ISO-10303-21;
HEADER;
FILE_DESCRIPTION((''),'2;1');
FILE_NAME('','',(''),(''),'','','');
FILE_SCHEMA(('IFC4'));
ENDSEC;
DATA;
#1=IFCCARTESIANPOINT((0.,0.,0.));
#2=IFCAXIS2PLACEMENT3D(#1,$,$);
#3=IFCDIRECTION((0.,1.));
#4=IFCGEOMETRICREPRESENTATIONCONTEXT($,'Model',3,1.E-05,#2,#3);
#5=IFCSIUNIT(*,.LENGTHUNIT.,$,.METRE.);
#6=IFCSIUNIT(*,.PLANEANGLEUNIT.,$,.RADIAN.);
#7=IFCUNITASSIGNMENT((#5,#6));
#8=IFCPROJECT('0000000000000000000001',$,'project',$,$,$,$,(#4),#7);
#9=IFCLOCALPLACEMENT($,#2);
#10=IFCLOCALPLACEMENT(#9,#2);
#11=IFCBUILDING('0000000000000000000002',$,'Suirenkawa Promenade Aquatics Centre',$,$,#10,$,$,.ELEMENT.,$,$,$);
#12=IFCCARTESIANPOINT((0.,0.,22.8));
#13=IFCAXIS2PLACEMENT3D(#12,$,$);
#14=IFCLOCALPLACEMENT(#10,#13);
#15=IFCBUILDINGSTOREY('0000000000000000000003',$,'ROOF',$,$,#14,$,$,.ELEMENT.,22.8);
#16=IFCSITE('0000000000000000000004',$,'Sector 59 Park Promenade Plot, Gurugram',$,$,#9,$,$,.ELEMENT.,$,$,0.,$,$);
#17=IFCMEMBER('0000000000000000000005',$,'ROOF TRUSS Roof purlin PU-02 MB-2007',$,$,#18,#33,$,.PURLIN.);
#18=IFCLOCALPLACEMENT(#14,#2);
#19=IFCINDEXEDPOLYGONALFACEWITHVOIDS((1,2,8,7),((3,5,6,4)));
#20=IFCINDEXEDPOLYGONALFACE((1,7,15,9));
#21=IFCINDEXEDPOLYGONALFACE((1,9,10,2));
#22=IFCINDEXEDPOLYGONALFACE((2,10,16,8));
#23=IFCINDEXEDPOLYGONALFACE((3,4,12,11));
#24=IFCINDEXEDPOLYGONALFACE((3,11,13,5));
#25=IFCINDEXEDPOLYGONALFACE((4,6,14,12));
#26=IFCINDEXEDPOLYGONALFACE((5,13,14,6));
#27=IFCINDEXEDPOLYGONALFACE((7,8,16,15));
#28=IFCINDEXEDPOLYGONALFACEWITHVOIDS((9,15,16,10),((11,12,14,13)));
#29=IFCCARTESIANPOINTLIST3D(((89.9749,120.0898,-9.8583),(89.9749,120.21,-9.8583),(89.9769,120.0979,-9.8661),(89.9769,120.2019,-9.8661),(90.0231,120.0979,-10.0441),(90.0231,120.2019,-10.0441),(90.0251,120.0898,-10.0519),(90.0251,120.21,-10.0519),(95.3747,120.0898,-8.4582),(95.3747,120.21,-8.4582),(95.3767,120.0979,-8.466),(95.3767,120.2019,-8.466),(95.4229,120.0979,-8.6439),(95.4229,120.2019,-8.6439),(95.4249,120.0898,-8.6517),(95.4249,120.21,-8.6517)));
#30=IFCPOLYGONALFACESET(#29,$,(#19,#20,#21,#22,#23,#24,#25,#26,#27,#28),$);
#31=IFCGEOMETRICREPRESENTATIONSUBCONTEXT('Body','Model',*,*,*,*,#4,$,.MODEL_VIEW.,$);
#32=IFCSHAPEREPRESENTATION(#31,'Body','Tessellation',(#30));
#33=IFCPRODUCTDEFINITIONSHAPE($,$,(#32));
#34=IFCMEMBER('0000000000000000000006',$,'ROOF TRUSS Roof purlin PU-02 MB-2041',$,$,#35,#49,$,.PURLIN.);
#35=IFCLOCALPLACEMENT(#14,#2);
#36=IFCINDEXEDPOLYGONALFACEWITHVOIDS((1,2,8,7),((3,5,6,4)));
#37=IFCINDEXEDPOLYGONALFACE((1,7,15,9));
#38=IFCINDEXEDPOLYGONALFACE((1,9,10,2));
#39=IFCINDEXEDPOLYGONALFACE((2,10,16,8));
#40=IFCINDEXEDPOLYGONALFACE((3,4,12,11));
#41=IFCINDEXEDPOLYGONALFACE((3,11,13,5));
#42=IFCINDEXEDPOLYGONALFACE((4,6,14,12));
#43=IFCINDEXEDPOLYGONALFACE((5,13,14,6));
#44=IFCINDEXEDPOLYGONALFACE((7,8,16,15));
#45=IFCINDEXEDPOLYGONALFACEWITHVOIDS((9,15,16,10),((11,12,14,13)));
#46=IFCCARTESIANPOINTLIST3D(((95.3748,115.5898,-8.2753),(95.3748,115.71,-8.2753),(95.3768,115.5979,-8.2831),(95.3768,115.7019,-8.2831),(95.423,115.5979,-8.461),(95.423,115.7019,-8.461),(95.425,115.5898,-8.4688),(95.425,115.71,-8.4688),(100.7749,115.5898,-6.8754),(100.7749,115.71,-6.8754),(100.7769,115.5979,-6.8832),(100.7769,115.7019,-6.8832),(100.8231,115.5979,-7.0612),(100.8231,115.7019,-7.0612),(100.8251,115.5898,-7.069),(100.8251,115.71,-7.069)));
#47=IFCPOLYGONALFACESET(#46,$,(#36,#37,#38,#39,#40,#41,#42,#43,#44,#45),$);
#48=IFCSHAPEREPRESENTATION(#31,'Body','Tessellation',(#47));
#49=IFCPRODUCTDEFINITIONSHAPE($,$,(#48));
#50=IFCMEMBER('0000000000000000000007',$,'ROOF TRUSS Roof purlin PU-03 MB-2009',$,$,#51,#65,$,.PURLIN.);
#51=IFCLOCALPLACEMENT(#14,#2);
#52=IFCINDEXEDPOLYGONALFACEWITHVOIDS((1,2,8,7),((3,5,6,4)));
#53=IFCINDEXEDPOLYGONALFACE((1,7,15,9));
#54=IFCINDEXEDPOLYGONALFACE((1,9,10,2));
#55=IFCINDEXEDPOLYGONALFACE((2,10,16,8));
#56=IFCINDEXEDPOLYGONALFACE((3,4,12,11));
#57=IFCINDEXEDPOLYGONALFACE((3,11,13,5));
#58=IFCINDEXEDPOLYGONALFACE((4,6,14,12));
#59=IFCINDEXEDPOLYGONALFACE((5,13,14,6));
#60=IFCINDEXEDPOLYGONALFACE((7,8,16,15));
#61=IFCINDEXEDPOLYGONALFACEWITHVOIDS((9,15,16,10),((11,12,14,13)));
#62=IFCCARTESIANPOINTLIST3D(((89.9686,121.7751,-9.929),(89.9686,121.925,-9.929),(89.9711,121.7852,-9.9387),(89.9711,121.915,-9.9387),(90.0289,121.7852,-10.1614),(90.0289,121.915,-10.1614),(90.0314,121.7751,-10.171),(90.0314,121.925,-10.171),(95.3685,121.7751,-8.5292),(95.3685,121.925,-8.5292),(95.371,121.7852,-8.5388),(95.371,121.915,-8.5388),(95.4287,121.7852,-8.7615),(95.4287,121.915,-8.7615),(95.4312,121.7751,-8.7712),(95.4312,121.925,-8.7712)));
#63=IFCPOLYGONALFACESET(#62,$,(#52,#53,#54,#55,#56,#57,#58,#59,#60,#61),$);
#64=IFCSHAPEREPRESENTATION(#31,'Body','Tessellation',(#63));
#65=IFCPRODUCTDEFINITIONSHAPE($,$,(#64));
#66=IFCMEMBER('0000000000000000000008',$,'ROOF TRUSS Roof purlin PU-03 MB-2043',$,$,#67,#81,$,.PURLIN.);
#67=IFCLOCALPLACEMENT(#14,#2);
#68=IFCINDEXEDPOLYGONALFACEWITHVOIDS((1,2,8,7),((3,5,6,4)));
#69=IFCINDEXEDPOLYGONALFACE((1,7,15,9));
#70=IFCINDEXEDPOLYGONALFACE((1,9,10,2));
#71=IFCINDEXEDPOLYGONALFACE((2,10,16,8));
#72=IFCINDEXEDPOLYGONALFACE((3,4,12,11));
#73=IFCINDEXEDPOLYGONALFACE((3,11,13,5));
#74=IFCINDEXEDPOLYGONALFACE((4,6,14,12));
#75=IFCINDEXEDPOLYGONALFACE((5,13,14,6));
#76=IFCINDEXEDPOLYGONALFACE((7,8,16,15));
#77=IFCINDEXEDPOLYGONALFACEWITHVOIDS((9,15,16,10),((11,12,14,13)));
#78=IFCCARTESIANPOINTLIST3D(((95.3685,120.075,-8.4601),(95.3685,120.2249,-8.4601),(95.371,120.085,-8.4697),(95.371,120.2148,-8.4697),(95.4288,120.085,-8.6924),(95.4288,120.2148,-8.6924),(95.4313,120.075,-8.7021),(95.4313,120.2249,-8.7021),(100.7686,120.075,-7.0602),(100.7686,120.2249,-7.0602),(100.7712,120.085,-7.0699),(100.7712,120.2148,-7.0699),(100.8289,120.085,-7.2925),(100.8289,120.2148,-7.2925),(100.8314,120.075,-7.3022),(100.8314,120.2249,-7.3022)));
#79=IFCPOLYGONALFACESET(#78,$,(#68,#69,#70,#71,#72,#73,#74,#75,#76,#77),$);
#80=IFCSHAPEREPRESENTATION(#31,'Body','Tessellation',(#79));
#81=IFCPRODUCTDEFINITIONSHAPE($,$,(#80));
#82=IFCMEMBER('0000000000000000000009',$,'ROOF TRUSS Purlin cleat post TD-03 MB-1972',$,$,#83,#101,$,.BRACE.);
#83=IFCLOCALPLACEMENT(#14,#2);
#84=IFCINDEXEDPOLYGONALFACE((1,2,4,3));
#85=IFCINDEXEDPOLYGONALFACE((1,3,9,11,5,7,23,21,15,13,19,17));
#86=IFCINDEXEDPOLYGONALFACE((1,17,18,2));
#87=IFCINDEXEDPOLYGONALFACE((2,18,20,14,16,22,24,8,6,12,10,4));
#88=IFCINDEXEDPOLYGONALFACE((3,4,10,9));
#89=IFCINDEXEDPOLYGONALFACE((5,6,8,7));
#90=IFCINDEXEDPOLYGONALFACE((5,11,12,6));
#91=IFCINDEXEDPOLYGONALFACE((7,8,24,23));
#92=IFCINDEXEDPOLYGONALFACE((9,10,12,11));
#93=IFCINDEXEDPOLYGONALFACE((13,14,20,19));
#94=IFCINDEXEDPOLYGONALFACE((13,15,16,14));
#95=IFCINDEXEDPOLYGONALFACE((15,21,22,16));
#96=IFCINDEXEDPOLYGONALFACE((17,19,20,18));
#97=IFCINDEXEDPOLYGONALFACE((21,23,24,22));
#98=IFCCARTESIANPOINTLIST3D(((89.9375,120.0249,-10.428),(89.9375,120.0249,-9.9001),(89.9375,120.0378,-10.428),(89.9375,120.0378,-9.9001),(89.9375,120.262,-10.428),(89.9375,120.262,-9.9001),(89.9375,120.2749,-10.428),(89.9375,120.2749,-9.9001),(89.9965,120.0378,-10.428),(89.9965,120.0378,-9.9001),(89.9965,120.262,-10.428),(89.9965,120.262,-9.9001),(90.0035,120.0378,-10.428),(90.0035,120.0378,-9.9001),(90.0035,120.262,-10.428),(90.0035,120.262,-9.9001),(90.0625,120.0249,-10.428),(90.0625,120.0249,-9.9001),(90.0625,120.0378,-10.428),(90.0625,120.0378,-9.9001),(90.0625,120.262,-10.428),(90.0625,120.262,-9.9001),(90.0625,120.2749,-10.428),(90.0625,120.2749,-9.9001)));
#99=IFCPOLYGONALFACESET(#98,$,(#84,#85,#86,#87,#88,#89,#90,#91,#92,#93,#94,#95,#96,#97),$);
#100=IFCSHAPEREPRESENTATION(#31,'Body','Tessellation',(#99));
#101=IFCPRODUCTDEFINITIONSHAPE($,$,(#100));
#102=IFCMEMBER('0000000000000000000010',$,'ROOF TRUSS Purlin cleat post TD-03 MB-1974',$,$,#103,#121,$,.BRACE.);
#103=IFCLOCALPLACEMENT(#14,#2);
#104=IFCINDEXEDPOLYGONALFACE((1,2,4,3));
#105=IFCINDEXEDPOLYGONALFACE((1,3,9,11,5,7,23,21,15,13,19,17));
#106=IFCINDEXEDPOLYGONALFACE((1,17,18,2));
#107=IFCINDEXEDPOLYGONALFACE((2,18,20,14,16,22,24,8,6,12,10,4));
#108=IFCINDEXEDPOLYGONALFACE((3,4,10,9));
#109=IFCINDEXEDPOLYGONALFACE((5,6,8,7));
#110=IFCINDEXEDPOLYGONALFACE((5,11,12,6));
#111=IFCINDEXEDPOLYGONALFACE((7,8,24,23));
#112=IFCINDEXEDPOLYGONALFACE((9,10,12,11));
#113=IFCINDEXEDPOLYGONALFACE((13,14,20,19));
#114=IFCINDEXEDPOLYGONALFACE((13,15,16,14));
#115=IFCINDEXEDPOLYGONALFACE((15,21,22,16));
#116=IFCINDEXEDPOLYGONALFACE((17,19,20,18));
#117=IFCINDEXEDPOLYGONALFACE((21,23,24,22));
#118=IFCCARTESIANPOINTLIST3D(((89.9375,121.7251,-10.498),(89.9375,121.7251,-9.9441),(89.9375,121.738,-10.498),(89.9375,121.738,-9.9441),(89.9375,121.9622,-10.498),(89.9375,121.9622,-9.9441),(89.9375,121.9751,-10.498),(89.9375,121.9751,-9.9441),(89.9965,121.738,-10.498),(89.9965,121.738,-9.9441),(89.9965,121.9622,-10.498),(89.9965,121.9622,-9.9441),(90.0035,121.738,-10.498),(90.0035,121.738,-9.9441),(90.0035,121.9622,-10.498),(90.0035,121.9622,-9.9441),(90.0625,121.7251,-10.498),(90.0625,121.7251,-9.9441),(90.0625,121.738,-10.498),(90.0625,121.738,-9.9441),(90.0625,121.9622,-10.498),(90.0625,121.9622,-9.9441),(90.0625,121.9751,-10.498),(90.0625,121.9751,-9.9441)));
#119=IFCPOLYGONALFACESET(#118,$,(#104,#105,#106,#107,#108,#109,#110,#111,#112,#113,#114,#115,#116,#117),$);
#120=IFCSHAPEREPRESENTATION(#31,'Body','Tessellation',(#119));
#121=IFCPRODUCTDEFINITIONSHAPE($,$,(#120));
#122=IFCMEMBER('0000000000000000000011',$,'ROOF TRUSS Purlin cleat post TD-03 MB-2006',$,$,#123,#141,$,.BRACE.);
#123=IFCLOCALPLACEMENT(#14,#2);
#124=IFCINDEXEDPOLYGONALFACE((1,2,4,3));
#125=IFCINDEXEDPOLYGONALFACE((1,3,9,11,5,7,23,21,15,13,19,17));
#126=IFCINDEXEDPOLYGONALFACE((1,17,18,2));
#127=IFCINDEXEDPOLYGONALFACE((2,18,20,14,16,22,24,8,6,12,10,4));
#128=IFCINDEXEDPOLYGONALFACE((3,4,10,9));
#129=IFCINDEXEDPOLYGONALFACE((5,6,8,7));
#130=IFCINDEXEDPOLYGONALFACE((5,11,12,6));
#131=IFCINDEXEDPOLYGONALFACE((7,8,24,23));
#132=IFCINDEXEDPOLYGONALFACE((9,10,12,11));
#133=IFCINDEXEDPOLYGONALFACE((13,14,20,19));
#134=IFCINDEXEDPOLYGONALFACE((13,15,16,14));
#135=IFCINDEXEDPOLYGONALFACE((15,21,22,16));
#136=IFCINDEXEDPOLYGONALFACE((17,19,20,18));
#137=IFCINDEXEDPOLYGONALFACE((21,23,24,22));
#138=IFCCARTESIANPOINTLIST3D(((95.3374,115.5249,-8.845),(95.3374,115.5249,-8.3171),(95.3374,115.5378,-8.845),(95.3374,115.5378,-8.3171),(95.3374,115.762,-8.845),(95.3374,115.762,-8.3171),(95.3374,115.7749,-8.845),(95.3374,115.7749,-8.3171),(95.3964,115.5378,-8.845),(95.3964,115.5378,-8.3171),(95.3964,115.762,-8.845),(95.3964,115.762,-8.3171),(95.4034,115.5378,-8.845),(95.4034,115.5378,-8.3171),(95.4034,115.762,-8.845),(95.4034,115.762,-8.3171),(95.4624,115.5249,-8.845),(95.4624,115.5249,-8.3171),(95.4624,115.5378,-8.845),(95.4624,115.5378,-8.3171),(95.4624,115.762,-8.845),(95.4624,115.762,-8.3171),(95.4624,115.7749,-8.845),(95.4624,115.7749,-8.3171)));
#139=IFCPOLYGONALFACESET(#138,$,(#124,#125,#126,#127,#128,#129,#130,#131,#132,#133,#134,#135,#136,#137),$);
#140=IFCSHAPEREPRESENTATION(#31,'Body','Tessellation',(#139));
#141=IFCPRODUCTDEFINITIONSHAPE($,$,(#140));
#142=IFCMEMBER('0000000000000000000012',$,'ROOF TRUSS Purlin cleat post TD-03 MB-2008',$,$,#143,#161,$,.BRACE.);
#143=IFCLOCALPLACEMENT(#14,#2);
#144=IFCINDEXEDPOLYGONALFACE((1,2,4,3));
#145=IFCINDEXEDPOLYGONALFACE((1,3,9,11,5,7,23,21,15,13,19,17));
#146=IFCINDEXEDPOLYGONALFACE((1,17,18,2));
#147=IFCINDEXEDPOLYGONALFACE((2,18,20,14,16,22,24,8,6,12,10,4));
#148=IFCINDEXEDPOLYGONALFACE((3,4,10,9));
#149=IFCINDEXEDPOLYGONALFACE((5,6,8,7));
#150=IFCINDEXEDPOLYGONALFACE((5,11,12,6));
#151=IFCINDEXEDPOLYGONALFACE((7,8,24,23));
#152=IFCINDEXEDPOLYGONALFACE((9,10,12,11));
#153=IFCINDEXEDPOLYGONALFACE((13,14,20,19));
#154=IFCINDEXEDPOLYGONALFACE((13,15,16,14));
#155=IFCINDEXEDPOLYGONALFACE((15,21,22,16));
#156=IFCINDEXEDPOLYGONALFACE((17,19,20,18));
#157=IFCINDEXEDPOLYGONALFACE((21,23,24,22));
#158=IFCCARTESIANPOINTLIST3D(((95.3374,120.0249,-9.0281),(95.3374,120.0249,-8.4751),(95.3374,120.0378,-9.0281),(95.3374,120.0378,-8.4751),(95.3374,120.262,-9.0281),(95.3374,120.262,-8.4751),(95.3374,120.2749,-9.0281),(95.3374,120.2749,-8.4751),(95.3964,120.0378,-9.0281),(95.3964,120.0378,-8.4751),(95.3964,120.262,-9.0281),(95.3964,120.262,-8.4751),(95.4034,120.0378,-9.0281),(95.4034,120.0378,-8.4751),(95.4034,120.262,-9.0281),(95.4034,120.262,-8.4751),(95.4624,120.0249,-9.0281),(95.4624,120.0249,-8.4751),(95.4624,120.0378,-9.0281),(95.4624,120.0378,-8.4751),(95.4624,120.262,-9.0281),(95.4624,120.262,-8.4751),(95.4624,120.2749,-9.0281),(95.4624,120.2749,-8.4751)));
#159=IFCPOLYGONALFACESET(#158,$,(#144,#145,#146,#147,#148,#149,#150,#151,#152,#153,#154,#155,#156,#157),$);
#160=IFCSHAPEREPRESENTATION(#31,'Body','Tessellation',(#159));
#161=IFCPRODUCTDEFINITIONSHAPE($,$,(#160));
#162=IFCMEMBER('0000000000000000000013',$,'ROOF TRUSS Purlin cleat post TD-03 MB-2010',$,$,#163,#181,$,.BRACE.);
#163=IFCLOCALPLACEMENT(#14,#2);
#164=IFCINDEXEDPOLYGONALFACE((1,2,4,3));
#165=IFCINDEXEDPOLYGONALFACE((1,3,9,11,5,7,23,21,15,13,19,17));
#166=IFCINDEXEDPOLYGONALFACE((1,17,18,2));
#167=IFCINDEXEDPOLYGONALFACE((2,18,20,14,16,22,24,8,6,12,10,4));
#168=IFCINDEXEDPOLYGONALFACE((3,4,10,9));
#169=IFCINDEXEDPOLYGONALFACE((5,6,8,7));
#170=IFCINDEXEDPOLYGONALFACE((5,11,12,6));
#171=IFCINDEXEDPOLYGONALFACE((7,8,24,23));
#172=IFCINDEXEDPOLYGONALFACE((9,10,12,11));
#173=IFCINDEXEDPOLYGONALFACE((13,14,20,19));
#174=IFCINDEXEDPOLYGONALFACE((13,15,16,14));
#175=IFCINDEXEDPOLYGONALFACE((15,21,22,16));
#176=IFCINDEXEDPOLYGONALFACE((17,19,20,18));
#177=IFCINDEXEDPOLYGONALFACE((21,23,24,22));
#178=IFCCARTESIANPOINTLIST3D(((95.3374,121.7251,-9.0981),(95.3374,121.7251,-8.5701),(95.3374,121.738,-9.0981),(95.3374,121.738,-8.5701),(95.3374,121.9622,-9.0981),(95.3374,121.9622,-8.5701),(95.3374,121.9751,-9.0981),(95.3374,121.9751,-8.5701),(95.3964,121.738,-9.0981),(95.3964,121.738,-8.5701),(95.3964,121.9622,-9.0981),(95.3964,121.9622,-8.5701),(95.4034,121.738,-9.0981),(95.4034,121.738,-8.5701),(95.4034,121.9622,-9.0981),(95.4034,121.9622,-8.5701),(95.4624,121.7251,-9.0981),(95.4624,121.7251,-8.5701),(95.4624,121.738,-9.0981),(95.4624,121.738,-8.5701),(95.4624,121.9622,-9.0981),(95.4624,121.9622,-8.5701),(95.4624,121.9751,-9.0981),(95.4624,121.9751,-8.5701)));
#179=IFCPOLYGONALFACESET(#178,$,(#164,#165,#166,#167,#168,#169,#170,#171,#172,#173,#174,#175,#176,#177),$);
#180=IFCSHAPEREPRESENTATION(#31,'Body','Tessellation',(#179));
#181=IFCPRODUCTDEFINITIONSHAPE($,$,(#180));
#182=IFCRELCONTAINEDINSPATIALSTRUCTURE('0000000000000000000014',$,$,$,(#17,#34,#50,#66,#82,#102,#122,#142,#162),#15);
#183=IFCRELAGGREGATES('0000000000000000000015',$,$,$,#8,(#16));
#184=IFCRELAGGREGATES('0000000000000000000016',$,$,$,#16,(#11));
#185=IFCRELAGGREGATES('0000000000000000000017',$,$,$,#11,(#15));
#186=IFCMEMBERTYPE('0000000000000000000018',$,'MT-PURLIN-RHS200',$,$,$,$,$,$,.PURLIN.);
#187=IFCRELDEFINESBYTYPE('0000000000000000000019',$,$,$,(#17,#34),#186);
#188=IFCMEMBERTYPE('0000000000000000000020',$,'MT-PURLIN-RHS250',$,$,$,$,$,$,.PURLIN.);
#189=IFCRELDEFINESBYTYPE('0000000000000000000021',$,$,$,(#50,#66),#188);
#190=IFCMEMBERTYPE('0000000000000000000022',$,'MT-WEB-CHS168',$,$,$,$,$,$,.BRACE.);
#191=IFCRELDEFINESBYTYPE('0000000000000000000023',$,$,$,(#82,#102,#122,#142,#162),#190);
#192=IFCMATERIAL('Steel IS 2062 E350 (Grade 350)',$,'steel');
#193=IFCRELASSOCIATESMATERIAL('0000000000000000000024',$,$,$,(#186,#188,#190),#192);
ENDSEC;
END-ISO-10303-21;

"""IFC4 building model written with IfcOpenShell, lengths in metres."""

from ifc_helpers import new_model, si_unit, direction, frame, origin, origin_2d, place, context, subcontext, project, spatial, hollow_rectangle, i_section, extrude, material, material_profile, profile_set, type_object, element, save


model = new_model("IFC4")

# Units and contexts
model_context = context("Model", 3, precision=1e-05, world=origin(), true_north=direction((0.0, 1.0)))
body_context = subcontext(model_context, "Body", "Model", "MODEL_VIEW")
ifc_project = project(units=[si_unit("LENGTHUNIT", "METRE"), si_unit("PLANEANGLEUNIT", "RADIAN")], contexts=[model_context])

# Site, building, storey
site_placement = place(None, origin())
site = spatial("IfcSite", under=ifc_project, at=site_placement, Name="Sector 59 Park Promenade Plot, Gurugram", CompositionType="ELEMENT", RefElevation=0.0)
building_placement = place(site_placement, origin())
building = spatial("IfcBuilding", under=site, at=building_placement, Name="Suirenkawa Promenade Aquatics Centre", CompositionType="ELEMENT")
storey_placement = place(building_placement, frame((0.0, 0.0, 22.8)))
storey = spatial("IfcBuildingStorey", under=building, at=storey_placement, Name="ROOF", CompositionType="ELEMENT", Elevation=22.8)

# Shared definitions
ifc_material = material(Name="Steel IS 2062 E350 (Grade 350)", Category="steel")

# Members
ifc_material_profile_1 = material_profile(ifc_material, hollow_rectangle(XDim=0.1201, YDim=0.2, WallThickness=0.0081, at=origin_2d()), Name="RHS 200x120x8", Category="steel")
ifc_profile_set_1 = profile_set([ifc_material_profile_1], Name="Steel IS 2062 E350 (Grade 350)")
member_type_1 = type_object("IfcMemberType", Name="MT-PURLIN-RHS200", PredefinedType="PURLIN", material=ifc_profile_set_1)
member_1_placement = place(storey_placement, frame((90.0, 120.1499, -9.9551), z_axis=(0.967989, 0.0, 0.250991), x_axis=(0.0, 1.0, 0.0)))
element("IfcMember", 1, at=member_1_placement, inside=storey, type_object=member_type_1, Name="ROOF TRUSS Roof purlin PU-02 MB-2007", PredefinedType="PURLIN", context=body_context, shape_type="SweptSolid", body=[
    extrude(hollow_rectangle(XDim=0.1201, YDim=0.2, WallThickness=0.0081, at=origin_2d()), origin(), (0.0, 0.0, 1.0), 5.5784),
])
member_2_placement = place(storey_placement, frame((95.3999, 115.6499, -8.3721), z_axis=(0.968003, 0.0, 0.250939), x_axis=(0.0, 1.0, 0.0)))
element("IfcMember", 2, at=member_2_placement, inside=storey, type_object=member_type_1, Name="ROOF TRUSS Roof purlin PU-02 MB-2041", PredefinedType="PURLIN", context=body_context, shape_type="SweptSolid", body=[
    extrude(hollow_rectangle(XDim=0.1201, YDim=0.2, WallThickness=0.0081, at=origin_2d()), origin(), (0.0, 0.0, 1.0), 5.5786),
])
ifc_material_profile_2 = material_profile(ifc_material, hollow_rectangle(XDim=0.1499, YDim=0.25, WallThickness=0.01, at=origin_2d()), Name="RHS 250x150x10", Category="steel")
ifc_profile_set_2 = profile_set([ifc_material_profile_2], Name="Steel IS 2062 E350 (Grade 350)")
member_type_2 = type_object("IfcMemberType", Name="MT-PURLIN-RHS250", PredefinedType="PURLIN", material=ifc_profile_set_2)
member_3_placement = place(storey_placement, frame((90.0, 121.8501, -10.05), z_axis=(0.968, 0.0, 0.25095), x_axis=(0.0, 1.0, 0.0)))
element("IfcMember", 3, at=member_3_placement, inside=storey, type_object=member_type_2, Name="ROOF TRUSS Roof purlin PU-03 MB-2009", PredefinedType="PURLIN", context=body_context, shape_type="SweptSolid", body=[
    extrude(hollow_rectangle(XDim=0.1499, YDim=0.25, WallThickness=0.01, at=origin_2d()), origin(), (0.0, 0.0, 1.0), 5.5784),
])
member_4_placement = place(storey_placement, frame((95.3999, 120.1499, -8.5811), z_axis=(0.968003, 0.0, 0.250939), x_axis=(0.0, 1.0, 0.0)))
element("IfcMember", 4, at=member_4_placement, inside=storey, type_object=member_type_2, Name="ROOF TRUSS Roof purlin PU-03 MB-2043", PredefinedType="PURLIN", context=body_context, shape_type="SweptSolid", body=[
    extrude(hollow_rectangle(XDim=0.1499, YDim=0.25, WallThickness=0.01, at=origin_2d()), origin(), (0.0, 0.0, 1.0), 5.5786),
])
ifc_material_profile_3 = material_profile(ifc_material, i_section(OverallWidth=0.125, OverallDepth=0.25, WebThickness=0.0071, FlangeThickness=0.0129, at=origin_2d()), Name="ISMB 250", Category="steel")
ifc_profile_set_3 = profile_set([ifc_material_profile_3], Name="Steel IS 2062 E350 (Grade 350)")
member_type_3 = type_object("IfcMemberType", Name="MT-WEB-CHS168", PredefinedType="BRACE", material=ifc_profile_set_3)
member_5_placement = place(storey_placement, frame((90.0, 120.1499, -10.428), z_axis=(0.0, 0.0, 1.0), x_axis=(1.0, 0.0, 0.0)))
element("IfcMember", 5, at=member_5_placement, inside=storey, type_object=member_type_3, Name="ROOF TRUSS Purlin cleat post TD-03 MB-1972", PredefinedType="BRACE", context=body_context, shape_type="SweptSolid", body=[
    extrude(i_section(OverallWidth=0.125, OverallDepth=0.25, WebThickness=0.0071, FlangeThickness=0.0129, at=origin_2d()), origin(), (0.0, 0.0, 1.0), 0.5278),
])
member_6_placement = place(storey_placement, frame((90.0, 121.8501, -10.498), z_axis=(0.0, 0.0, 1.0), x_axis=(1.0, 0.0, 0.0)))
element("IfcMember", 6, at=member_6_placement, inside=storey, type_object=member_type_3, Name="ROOF TRUSS Purlin cleat post TD-03 MB-1974", PredefinedType="BRACE", context=body_context, shape_type="SweptSolid", body=[
    extrude(i_section(OverallWidth=0.125, OverallDepth=0.25, WebThickness=0.0071, FlangeThickness=0.0129, at=origin_2d()), origin(), (0.0, 0.0, 1.0), 0.554),
])
member_7_placement = place(storey_placement, frame((95.3999, 115.6499, -8.845), z_axis=(0.0, 0.0, 1.0), x_axis=(1.0, 0.0, 0.0)))
element("IfcMember", 7, at=member_7_placement, inside=storey, type_object=member_type_3, Name="ROOF TRUSS Purlin cleat post TD-03 MB-2006", PredefinedType="BRACE", context=body_context, shape_type="SweptSolid", body=[
    extrude(i_section(OverallWidth=0.125, OverallDepth=0.25, WebThickness=0.0071, FlangeThickness=0.0129, at=origin_2d()), origin(), (0.0, 0.0, 1.0), 0.5278),
])
member_8_placement = place(storey_placement, frame((95.3999, 120.1499, -9.0281), z_axis=(0.0, 0.0, 1.0), x_axis=(1.0, 0.0, 0.0)))
element("IfcMember", 8, at=member_8_placement, inside=storey, type_object=member_type_3, Name="ROOF TRUSS Purlin cleat post TD-03 MB-2008", PredefinedType="BRACE", context=body_context, shape_type="SweptSolid", body=[
    extrude(i_section(OverallWidth=0.125, OverallDepth=0.25, WebThickness=0.0071, FlangeThickness=0.0129, at=origin_2d()), origin(), (0.0, 0.0, 1.0), 0.553),
])
member_9_placement = place(storey_placement, frame((95.3999, 121.8501, -9.0981), z_axis=(0.0, 0.0, 1.0), x_axis=(1.0, 0.0, 0.0)))
element("IfcMember", 9, at=member_9_placement, inside=storey, type_object=member_type_3, Name="ROOF TRUSS Purlin cleat post TD-03 MB-2010", PredefinedType="BRACE", context=body_context, shape_type="SweptSolid", body=[
    extrude(i_section(OverallWidth=0.125, OverallDepth=0.25, WebThickness=0.0071, FlangeThickness=0.0129, at=origin_2d()), origin(), (0.0, 0.0, 1.0), 0.5281),
])

save(model, "model.ifc")
